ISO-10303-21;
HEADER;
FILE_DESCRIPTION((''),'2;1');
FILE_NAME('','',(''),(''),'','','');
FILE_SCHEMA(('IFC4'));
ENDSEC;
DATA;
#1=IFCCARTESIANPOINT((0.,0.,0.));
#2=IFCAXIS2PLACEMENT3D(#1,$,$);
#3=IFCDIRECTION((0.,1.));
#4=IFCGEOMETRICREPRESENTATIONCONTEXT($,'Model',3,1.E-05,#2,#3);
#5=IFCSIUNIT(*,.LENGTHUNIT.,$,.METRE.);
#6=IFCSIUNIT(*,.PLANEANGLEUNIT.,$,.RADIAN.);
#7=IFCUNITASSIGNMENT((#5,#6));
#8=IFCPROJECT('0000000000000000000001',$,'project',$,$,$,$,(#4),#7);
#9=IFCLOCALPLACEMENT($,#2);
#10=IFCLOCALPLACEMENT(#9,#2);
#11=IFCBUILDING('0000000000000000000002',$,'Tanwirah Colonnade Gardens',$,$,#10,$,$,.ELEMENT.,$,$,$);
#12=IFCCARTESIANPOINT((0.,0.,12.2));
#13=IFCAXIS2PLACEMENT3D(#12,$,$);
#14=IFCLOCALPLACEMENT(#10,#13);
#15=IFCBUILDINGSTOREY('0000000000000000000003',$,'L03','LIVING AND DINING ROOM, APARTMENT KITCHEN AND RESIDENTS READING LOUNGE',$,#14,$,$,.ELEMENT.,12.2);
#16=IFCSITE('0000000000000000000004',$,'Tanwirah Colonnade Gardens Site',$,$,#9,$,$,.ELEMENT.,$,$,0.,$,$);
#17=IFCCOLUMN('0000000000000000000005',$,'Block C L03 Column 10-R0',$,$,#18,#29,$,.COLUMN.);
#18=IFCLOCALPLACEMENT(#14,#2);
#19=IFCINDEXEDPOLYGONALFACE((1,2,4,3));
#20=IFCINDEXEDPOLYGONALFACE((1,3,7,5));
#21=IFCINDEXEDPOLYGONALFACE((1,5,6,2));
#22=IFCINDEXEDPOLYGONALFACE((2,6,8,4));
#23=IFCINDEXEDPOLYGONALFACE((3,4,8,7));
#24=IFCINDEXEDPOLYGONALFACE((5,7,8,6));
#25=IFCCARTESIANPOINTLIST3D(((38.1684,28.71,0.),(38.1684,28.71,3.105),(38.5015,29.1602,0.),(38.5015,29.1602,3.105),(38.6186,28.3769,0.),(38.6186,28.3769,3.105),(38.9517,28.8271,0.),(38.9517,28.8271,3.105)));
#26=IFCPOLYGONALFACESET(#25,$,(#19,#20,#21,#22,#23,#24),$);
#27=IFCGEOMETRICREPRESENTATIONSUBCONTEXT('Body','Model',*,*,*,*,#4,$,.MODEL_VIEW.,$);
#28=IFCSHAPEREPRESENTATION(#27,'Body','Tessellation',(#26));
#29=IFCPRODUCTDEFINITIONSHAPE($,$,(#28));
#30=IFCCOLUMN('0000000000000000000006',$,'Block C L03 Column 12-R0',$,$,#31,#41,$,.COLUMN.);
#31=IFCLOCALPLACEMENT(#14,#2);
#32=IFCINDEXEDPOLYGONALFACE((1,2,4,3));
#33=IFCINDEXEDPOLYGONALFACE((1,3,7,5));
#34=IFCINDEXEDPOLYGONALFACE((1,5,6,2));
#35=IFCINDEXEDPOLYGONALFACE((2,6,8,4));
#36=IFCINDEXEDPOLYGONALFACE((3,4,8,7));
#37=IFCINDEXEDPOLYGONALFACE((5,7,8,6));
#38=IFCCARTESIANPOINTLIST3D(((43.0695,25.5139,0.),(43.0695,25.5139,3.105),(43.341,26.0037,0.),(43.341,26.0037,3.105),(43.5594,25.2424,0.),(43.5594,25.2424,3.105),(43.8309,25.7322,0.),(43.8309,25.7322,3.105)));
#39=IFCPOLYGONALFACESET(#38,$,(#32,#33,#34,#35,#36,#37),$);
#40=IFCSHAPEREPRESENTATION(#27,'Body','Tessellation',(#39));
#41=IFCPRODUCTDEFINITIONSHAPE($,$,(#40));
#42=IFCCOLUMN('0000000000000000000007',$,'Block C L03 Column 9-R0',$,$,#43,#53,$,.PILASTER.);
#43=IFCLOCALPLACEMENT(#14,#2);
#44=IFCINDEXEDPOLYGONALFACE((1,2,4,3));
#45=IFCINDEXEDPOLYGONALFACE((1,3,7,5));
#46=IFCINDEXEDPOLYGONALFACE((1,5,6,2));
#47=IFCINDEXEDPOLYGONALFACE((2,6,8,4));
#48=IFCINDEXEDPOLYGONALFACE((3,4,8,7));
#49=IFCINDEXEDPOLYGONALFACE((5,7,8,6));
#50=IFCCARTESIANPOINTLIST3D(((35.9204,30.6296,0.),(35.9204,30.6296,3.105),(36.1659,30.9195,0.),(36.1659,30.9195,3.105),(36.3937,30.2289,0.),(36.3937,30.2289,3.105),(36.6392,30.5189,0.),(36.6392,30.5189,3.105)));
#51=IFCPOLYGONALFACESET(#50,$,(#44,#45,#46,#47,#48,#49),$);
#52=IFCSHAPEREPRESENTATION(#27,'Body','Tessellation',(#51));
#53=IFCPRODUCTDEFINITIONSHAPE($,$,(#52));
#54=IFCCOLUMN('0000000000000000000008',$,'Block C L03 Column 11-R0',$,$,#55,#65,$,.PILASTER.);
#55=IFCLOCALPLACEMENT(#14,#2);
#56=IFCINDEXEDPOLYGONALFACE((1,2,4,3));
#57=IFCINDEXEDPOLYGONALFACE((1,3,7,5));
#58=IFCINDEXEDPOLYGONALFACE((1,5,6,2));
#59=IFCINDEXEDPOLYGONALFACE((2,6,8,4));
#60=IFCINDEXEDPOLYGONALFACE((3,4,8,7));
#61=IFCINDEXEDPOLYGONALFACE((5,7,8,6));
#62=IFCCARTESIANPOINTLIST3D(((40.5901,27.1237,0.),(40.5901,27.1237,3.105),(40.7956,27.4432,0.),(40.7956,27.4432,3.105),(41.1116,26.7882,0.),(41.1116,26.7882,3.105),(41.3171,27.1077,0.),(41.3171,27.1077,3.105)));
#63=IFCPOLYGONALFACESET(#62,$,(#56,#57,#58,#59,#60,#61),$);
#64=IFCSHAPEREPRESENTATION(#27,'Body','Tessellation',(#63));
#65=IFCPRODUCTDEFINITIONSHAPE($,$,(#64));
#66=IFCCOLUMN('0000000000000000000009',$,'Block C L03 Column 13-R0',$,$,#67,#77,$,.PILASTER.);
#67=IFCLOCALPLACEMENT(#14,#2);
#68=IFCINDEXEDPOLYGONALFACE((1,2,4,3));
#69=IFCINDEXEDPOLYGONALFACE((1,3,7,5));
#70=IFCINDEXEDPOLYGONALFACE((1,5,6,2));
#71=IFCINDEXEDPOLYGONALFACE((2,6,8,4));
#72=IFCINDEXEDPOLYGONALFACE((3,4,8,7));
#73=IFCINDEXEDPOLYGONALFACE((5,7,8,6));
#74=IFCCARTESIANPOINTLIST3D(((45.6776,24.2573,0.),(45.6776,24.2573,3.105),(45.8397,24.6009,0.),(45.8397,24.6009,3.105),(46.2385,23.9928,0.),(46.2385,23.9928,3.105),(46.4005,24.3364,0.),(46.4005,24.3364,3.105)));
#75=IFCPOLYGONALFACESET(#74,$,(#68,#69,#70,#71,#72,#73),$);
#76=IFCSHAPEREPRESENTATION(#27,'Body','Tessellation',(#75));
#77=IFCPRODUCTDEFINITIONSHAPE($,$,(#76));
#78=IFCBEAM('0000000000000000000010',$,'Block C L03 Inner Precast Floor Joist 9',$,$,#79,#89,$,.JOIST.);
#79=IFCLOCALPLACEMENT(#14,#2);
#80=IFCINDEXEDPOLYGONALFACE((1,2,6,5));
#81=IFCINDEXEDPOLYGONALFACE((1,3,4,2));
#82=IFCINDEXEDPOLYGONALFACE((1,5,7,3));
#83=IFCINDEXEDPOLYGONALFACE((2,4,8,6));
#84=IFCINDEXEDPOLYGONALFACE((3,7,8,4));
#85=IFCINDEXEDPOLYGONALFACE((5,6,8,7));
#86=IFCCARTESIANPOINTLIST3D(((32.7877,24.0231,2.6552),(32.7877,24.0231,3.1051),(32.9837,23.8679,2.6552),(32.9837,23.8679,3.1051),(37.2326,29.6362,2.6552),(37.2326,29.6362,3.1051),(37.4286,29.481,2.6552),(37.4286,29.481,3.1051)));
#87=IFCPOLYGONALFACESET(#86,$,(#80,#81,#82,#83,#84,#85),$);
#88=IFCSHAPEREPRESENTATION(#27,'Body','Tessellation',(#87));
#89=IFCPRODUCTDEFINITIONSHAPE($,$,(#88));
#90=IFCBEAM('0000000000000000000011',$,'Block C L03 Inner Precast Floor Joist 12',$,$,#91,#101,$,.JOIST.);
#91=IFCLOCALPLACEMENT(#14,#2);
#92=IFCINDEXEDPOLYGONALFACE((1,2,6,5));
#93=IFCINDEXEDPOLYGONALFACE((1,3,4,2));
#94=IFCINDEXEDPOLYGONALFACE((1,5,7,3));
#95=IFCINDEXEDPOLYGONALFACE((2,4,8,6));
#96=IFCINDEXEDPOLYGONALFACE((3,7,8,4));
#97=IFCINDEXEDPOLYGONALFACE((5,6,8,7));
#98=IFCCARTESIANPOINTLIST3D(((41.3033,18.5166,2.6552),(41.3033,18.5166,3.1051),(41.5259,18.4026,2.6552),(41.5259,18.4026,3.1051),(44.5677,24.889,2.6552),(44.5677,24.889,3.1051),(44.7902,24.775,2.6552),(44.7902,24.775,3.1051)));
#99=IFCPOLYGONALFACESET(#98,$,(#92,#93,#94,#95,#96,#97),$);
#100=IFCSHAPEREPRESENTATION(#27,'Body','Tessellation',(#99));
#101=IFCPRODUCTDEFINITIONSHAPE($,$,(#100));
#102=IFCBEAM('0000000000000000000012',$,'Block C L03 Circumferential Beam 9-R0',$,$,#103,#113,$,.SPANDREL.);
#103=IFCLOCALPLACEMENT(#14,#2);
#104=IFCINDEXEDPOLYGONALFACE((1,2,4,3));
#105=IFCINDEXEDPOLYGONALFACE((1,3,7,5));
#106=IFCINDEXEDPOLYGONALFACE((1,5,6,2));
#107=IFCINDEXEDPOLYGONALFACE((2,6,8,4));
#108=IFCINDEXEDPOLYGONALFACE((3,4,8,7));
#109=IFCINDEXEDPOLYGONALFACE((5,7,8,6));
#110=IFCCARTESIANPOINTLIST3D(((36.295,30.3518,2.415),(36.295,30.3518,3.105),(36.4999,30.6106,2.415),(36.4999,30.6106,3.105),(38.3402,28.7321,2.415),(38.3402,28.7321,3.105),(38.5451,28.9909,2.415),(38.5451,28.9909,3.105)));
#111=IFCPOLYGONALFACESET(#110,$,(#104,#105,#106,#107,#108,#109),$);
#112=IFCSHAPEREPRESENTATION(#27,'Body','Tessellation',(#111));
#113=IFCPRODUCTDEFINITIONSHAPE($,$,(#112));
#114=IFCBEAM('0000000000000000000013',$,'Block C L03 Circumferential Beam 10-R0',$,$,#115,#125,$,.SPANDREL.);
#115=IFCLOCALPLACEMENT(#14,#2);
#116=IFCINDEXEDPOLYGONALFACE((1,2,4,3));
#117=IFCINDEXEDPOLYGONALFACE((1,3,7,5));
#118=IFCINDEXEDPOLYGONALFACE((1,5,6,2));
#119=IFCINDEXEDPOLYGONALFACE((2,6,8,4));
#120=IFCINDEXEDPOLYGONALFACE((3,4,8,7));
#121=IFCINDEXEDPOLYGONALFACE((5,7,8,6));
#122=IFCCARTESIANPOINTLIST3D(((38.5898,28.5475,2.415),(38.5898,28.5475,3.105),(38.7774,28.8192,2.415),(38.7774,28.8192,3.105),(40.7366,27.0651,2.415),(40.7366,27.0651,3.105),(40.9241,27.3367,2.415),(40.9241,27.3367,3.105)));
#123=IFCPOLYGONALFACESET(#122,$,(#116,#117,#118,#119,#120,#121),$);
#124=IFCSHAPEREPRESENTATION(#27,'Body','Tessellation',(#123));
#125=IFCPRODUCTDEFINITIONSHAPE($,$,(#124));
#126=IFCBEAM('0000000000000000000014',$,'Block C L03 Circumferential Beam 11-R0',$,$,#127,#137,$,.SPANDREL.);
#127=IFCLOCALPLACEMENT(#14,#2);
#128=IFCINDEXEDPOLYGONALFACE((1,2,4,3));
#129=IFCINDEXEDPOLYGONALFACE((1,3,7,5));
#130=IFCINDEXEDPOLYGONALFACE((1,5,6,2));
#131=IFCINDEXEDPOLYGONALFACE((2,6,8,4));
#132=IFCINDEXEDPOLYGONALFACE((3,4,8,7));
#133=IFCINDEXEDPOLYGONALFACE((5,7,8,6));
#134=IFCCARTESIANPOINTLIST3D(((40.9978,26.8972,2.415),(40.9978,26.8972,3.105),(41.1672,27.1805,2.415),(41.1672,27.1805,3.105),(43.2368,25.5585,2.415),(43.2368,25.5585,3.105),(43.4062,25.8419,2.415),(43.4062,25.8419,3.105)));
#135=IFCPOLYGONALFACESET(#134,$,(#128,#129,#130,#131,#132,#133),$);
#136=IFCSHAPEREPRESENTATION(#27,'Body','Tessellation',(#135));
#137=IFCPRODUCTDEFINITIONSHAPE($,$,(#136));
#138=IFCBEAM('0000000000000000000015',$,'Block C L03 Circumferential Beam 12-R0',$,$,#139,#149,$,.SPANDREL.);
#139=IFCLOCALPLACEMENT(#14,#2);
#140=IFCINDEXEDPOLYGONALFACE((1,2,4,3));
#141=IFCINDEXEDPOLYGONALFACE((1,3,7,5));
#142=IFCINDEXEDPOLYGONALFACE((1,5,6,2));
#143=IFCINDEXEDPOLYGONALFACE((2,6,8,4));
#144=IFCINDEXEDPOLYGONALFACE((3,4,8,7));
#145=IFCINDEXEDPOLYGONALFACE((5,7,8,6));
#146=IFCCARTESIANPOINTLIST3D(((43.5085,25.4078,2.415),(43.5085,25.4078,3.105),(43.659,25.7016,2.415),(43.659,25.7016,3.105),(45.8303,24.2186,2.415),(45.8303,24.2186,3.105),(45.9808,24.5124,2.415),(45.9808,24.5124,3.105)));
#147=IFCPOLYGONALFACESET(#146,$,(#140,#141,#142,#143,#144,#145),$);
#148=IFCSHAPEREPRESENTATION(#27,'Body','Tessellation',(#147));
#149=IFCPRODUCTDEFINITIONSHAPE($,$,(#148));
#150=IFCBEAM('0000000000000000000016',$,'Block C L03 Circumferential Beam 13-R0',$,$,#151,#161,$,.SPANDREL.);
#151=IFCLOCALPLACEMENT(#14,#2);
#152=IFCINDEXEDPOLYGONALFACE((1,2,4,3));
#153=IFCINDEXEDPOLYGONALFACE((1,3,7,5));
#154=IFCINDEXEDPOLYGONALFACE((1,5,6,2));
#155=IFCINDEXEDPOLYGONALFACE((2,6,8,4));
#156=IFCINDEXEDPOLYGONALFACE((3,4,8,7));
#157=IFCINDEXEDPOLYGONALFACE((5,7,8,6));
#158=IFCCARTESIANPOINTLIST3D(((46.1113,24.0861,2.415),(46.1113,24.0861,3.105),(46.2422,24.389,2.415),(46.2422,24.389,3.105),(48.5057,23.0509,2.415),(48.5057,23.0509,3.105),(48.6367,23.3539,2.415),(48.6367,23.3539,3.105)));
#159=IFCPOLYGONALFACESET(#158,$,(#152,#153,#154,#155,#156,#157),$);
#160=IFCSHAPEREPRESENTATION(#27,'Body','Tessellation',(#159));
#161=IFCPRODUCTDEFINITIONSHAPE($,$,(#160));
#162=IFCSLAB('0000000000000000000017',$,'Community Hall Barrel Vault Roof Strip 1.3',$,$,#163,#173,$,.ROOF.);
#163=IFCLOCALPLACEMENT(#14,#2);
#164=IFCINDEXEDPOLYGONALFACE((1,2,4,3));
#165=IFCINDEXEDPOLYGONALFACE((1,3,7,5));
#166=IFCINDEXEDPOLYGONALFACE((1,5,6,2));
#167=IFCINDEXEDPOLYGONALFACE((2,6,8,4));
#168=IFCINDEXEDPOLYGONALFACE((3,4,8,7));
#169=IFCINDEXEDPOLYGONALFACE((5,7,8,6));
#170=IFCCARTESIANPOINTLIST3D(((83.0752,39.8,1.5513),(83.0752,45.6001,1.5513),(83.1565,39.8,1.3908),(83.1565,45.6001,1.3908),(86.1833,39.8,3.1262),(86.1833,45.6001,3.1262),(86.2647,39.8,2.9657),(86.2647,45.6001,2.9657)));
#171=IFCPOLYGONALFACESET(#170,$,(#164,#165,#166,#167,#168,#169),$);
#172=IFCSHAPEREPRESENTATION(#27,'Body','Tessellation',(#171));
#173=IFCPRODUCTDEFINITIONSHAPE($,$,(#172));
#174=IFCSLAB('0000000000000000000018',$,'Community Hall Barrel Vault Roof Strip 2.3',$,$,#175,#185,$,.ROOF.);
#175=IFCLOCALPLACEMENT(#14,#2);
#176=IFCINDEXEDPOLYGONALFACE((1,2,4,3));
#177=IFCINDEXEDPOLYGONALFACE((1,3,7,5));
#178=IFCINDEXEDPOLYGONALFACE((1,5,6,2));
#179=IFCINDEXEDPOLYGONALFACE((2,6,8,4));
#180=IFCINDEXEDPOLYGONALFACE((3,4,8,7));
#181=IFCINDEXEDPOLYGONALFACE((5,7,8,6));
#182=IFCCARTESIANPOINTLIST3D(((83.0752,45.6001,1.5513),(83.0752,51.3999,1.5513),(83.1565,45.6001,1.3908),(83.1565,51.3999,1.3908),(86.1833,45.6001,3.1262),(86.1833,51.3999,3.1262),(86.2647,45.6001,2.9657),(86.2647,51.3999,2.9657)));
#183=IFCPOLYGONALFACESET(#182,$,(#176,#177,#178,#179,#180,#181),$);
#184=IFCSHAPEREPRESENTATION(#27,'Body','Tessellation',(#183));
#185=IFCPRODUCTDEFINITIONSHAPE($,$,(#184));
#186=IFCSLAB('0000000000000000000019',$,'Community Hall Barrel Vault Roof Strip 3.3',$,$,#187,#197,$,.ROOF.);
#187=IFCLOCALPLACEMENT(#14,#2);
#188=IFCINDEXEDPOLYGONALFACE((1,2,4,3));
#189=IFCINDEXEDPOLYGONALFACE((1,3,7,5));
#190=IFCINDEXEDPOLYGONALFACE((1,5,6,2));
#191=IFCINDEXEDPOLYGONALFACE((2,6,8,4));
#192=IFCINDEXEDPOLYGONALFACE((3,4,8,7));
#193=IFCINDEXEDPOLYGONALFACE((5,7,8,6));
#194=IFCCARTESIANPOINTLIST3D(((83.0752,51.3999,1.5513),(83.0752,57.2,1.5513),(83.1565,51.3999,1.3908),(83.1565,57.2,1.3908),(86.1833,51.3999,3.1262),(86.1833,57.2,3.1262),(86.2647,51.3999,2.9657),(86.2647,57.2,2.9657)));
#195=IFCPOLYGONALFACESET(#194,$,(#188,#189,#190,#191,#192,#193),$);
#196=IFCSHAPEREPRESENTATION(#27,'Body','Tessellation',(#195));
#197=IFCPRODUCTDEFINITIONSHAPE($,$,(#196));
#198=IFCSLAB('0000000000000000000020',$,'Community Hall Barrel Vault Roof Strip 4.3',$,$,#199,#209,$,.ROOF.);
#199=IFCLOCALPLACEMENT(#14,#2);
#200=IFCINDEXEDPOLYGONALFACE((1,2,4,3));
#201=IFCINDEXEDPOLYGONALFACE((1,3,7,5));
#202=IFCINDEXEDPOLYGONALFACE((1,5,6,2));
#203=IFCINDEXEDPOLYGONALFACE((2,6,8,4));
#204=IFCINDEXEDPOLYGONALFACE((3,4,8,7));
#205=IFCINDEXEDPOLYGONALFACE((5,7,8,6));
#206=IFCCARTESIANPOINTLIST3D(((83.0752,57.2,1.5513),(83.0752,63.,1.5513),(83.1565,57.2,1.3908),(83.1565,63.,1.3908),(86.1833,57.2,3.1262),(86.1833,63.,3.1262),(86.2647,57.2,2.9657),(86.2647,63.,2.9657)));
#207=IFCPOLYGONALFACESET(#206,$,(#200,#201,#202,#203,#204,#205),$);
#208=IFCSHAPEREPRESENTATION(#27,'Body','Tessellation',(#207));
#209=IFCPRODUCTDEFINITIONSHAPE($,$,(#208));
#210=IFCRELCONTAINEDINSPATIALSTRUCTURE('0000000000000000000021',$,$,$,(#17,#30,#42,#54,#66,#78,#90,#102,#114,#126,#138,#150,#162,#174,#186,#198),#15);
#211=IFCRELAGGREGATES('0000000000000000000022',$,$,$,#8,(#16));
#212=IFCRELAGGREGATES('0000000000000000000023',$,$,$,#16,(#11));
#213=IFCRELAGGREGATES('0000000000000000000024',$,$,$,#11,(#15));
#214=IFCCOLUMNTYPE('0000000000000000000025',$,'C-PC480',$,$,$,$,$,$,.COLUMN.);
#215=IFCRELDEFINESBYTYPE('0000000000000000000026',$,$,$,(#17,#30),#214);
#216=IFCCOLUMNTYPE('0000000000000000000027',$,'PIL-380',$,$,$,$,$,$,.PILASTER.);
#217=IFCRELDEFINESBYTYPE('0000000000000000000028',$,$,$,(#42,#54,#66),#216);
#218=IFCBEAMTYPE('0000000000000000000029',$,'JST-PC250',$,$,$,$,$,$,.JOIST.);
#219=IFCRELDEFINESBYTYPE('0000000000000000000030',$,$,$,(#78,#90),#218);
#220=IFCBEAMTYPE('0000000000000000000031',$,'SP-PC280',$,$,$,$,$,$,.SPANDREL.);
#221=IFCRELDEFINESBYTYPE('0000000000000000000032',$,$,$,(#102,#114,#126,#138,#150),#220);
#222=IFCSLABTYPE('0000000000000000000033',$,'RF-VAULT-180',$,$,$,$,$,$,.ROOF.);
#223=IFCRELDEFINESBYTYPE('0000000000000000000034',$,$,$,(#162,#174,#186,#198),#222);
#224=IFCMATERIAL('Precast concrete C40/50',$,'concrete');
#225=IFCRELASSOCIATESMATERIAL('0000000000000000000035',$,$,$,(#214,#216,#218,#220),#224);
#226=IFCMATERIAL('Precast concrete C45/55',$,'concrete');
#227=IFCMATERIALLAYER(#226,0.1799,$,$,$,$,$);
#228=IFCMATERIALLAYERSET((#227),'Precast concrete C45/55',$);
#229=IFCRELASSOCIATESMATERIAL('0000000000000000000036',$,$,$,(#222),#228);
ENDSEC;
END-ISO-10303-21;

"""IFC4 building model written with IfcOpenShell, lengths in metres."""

from ifc_helpers import new_model, si_unit, direction, frame, origin, origin_2d, place, context, subcontext, project, spatial, polyline, rectangle, outline, extrude, material, layer, layer_set, material_profile, profile_set, type_object, element, save


model = new_model("IFC4")

# Units and contexts
model_context = context("Model", 3, precision=1e-05, world=origin(), true_north=direction((0.0, 1.0)))
body_context = subcontext(model_context, "Body", "Model", "MODEL_VIEW")
ifc_project = project(units=[si_unit("LENGTHUNIT", "METRE"), si_unit("PLANEANGLEUNIT", "RADIAN")], contexts=[model_context])

# Site, building, storey
site_placement = place(None, origin())
site = spatial("IfcSite", under=ifc_project, at=site_placement, Name="Tanwirah Colonnade Gardens Site", CompositionType="ELEMENT", RefElevation=0.0)
building_placement = place(site_placement, origin())
building = spatial("IfcBuilding", under=site, at=building_placement, Name="Tanwirah Colonnade Gardens", CompositionType="ELEMENT")
storey_placement = place(building_placement, frame((0.0, 0.0, 12.2)))
storey = spatial("IfcBuildingStorey", under=building, at=storey_placement, Name="L03", Description="LIVING AND DINING ROOM, APARTMENT KITCHEN AND RESIDENTS READING LOUNGE", CompositionType="ELEMENT", Elevation=12.2)

# Columns
ifc_material_1 = material(Name="Precast concrete C40/50", Category="concrete")
ifc_material_profile_1 = material_profile(ifc_material_1, rectangle(XDim=0.5601, YDim=0.5601, at=origin_2d()), Name="PC-COL 560x560")
ifc_profile_set_1 = profile_set([ifc_material_profile_1], Name="Precast concrete C40/50")
column_type_1 = type_object("IfcColumnType", Name="C-PC480", PredefinedType="COLUMN", material=ifc_profile_set_1)
for number, where, z_axis, x_axis, name in (
    (1, (38.5601, 28.7686, 0.0), (0.0, 0.0, 1.0), (-0.594823, -0.803857, 0.0), "Block C L03 Column 10-R0"),
    (2, (43.4502, 25.623, 0.0), (0.0, 0.0, 1.0), (-0.48481, -0.87462, 0.0), "Block C L03 Column 12-R0"),
):
    element("IfcColumn", number, at=place(storey_placement, frame(where, z_axis=z_axis, x_axis=x_axis)), inside=storey, type_object=column_type_1, Name=name, PredefinedType="COLUMN", context=body_context, shape_type="SweptSolid", body=[
        extrude(rectangle(XDim=0.5601, YDim=0.5601, at=origin_2d()), origin(), (0.0, 0.0, 1.0), 3.105),
    ])
ifc_material_profile_2 = material_profile(ifc_material_1, rectangle(XDim=0.3799, YDim=0.6201, at=origin_2d()), Name="PC-PIL 380x620")
ifc_profile_set_2 = profile_set([ifc_material_profile_2], Name="Precast concrete C40/50")
column_type_2 = type_object("IfcColumnType", Name="PIL-380", PredefinedType="PILASTER", material=ifc_profile_set_2)
for number, where, z_axis, x_axis, name in (
    (3, (36.2798, 30.5742, 0.0), (0.0, 0.0, 1.0), (-0.646124, -0.763232, 0.0), "Block C L03 Column 9-R0"),
    (4, (40.9536, 27.1157, 0.0), (0.0, 0.0, 1.0), (-0.540974, -0.841039, 0.0), "Block C L03 Column 11-R0"),
    (5, (46.0391, 24.2969, 0.0), (0.0, 0.0, 1.0), (-0.426569, -0.904455, 0.0), "Block C L03 Column 13-R0"),
):
    element("IfcColumn", number, at=place(storey_placement, frame(where, z_axis=z_axis, x_axis=x_axis)), inside=storey, type_object=column_type_2, Name=name, PredefinedType="PILASTER", context=body_context, shape_type="SweptSolid", body=[
        extrude(rectangle(XDim=0.3799, YDim=0.6201, at=origin_2d()), origin(), (0.0, 0.0, 1.0), 3.105),
    ])

# Beams
ifc_material_profile_3 = material_profile(ifc_material_1, rectangle(XDim=0.25, YDim=0.45, at=origin_2d()), Name="PC-JST 250x450")
ifc_profile_set_3 = profile_set([ifc_material_profile_3], Name="Precast concrete C40/50")
beam_type_1 = type_object("IfcBeamType", Name="JST-PC250", PredefinedType="JOIST", material=ifc_profile_set_3)
for number, where, z_axis, x_axis, name in (
    (6, (37.3306, 29.5586, 2.8801), (-0.620803, -0.783966, 0.0), (0.783966, -0.620803, 0.0), "Block C L03 Inner Precast Floor Joist 9"),
    (7, (44.679, 24.832, 2.8801), (-0.455921, -0.89002, 0.0), (0.89002, -0.455921, 0.0), "Block C L03 Inner Precast Floor Joist 12"),
):
    element("IfcBeam", number, at=place(storey_placement, frame(where, z_axis=z_axis, x_axis=x_axis)), inside=storey, type_object=beam_type_1, Name=name, PredefinedType="JOIST", context=body_context, shape_type="SweptSolid", body=[
        extrude(rectangle(XDim=0.25, YDim=0.45, at=origin_2d()), origin(), (0.0, 0.0, 1.0), 7.1599),
    ])
ifc_material_profile_4 = material_profile(ifc_material_1, rectangle(XDim=0.3301, YDim=0.6899, at=origin_2d()), Name="PC-SP 330x690")
ifc_profile_set_4 = profile_set([ifc_material_profile_4], Name="Precast concrete C40/50")
beam_type_2 = type_object("IfcBeamType", Name="SP-PC280", PredefinedType="SPANDREL", material=ifc_profile_set_4)
for number, where, z_axis, x_axis, name in (
    (8, (36.3975, 30.4812, 2.76), (0.783945, -0.62083, 0.0), (0.62083, 0.783945, 0.0), "Block C L03 Circumferential Beam 9-R0"),
    (9, (38.6836, 28.6833, 2.76), (0.822869, -0.568231, 0.0), (0.568231, 0.822869, 0.0), "Block C L03 Circumferential Beam 10-R0"),
):
    element("IfcBeam", number, at=place(storey_placement, frame(where, z_axis=z_axis, x_axis=x_axis)), inside=storey, type_object=beam_type_2, Name=name, PredefinedType="SPANDREL", context=body_context, shape_type="SweptSolid", body=[
        extrude(rectangle(XDim=0.3301, YDim=0.6899, at=origin_2d()), origin(), (0.0, 0.0, 1.0), 2.6089),
    ])
for number, where, z_axis, x_axis, name in (
    (10, (41.0825, 27.0388, 2.76), (0.858301, -0.513146, 0.0), (0.513146, 0.858301, 0.0), "Block C L03 Circumferential Beam 11-R0"),
    (11, (43.5837, 25.5547, 2.76), (0.890042, -0.455878, 0.0), (0.455878, 0.890042, 0.0), "Block C L03 Circumferential Beam 12-R0"),
    (12, (46.1768, 24.2375, 2.76), (0.917901, -0.396809, 0.0), (0.396809, 0.917901, 0.0), "Block C L03 Circumferential Beam 13-R0"),
):
    element("IfcBeam", number, at=place(storey_placement, frame(where, z_axis=z_axis, x_axis=x_axis)), inside=storey, type_object=beam_type_2, Name=name, PredefinedType="SPANDREL", context=body_context, shape_type="SweptSolid", body=[
        extrude(rectangle(XDim=0.3301, YDim=0.6899, at=origin_2d()), origin(), (0.0, 0.0, 1.0), 2.6086),
    ])

# Slabs
ifc_material_2 = material(Name="Precast concrete C45/55", Category="concrete")
ifc_layer_1 = layer(ifc_material_2, 0.1799)
ifc_layer_set_1 = layer_set([ifc_layer_1], Name="Precast concrete C45/55")
slab_type = type_object("IfcSlabType", Name="RF-VAULT-180", PredefinedType="ROOF", material=ifc_layer_set_1)
slab_1_placement = place(storey_placement, frame((83.0752, 39.8, 1.5513), z_axis=(-0.452, 0.0, 0.892018), x_axis=(0.892018, 0.0, 0.452)))
element("IfcSlab", 13, at=slab_1_placement, inside=storey, type_object=slab_type, Name="Community Hall Barrel Vault Roof Strip 1.3", PredefinedType="ROOF", context=body_context, shape_type="SweptSolid", body=[
    extrude(outline(polyline([(0.0, 0.0), (3.4844, 0.0), (3.4844, 5.8), (0.0, 5.8), (0.0, 0.0)])), origin(), (0.0, 0.0, -1.0), 0.1799),
])
slab_2_placement = place(storey_placement, frame((83.0752, 45.6001, 1.5513), z_axis=(-0.452, 0.0, 0.892018), x_axis=(0.892018, 0.0, 0.452)))
element("IfcSlab", 14, at=slab_2_placement, inside=storey, type_object=slab_type, Name="Community Hall Barrel Vault Roof Strip 2.3", PredefinedType="ROOF", context=body_context, shape_type="SweptSolid", body=[
    extrude(outline(polyline([(0.0, 0.0), (3.4844, 0.0), (3.4844, 5.7998), (0.0, 5.7998), (0.0, 0.0)])), origin(), (0.0, 0.0, -1.0), 0.1799),
])
for number, where, z_axis, x_axis, name in (
    (15, (83.0752, 51.3999, 1.5513), (-0.452, 0.0, 0.892018), (0.892018, 0.0, 0.452), "Community Hall Barrel Vault Roof Strip 3.3"),
    (16, (83.0752, 57.2, 1.5513), (-0.452, 0.0, 0.892018), (0.892018, 0.0, 0.452), "Community Hall Barrel Vault Roof Strip 4.3"),
):
    element("IfcSlab", number, at=place(storey_placement, frame(where, z_axis=z_axis, x_axis=x_axis)), inside=storey, type_object=slab_type, Name=name, PredefinedType="ROOF", context=body_context, shape_type="SweptSolid", body=[
        extrude(outline(polyline([(0.0, 0.0), (3.4844, 0.0), (3.4844, 5.8), (0.0, 5.8), (0.0, 0.0)])), origin(), (0.0, 0.0, -1.0), 0.1799),
    ])

save(model, "model.ifc")
